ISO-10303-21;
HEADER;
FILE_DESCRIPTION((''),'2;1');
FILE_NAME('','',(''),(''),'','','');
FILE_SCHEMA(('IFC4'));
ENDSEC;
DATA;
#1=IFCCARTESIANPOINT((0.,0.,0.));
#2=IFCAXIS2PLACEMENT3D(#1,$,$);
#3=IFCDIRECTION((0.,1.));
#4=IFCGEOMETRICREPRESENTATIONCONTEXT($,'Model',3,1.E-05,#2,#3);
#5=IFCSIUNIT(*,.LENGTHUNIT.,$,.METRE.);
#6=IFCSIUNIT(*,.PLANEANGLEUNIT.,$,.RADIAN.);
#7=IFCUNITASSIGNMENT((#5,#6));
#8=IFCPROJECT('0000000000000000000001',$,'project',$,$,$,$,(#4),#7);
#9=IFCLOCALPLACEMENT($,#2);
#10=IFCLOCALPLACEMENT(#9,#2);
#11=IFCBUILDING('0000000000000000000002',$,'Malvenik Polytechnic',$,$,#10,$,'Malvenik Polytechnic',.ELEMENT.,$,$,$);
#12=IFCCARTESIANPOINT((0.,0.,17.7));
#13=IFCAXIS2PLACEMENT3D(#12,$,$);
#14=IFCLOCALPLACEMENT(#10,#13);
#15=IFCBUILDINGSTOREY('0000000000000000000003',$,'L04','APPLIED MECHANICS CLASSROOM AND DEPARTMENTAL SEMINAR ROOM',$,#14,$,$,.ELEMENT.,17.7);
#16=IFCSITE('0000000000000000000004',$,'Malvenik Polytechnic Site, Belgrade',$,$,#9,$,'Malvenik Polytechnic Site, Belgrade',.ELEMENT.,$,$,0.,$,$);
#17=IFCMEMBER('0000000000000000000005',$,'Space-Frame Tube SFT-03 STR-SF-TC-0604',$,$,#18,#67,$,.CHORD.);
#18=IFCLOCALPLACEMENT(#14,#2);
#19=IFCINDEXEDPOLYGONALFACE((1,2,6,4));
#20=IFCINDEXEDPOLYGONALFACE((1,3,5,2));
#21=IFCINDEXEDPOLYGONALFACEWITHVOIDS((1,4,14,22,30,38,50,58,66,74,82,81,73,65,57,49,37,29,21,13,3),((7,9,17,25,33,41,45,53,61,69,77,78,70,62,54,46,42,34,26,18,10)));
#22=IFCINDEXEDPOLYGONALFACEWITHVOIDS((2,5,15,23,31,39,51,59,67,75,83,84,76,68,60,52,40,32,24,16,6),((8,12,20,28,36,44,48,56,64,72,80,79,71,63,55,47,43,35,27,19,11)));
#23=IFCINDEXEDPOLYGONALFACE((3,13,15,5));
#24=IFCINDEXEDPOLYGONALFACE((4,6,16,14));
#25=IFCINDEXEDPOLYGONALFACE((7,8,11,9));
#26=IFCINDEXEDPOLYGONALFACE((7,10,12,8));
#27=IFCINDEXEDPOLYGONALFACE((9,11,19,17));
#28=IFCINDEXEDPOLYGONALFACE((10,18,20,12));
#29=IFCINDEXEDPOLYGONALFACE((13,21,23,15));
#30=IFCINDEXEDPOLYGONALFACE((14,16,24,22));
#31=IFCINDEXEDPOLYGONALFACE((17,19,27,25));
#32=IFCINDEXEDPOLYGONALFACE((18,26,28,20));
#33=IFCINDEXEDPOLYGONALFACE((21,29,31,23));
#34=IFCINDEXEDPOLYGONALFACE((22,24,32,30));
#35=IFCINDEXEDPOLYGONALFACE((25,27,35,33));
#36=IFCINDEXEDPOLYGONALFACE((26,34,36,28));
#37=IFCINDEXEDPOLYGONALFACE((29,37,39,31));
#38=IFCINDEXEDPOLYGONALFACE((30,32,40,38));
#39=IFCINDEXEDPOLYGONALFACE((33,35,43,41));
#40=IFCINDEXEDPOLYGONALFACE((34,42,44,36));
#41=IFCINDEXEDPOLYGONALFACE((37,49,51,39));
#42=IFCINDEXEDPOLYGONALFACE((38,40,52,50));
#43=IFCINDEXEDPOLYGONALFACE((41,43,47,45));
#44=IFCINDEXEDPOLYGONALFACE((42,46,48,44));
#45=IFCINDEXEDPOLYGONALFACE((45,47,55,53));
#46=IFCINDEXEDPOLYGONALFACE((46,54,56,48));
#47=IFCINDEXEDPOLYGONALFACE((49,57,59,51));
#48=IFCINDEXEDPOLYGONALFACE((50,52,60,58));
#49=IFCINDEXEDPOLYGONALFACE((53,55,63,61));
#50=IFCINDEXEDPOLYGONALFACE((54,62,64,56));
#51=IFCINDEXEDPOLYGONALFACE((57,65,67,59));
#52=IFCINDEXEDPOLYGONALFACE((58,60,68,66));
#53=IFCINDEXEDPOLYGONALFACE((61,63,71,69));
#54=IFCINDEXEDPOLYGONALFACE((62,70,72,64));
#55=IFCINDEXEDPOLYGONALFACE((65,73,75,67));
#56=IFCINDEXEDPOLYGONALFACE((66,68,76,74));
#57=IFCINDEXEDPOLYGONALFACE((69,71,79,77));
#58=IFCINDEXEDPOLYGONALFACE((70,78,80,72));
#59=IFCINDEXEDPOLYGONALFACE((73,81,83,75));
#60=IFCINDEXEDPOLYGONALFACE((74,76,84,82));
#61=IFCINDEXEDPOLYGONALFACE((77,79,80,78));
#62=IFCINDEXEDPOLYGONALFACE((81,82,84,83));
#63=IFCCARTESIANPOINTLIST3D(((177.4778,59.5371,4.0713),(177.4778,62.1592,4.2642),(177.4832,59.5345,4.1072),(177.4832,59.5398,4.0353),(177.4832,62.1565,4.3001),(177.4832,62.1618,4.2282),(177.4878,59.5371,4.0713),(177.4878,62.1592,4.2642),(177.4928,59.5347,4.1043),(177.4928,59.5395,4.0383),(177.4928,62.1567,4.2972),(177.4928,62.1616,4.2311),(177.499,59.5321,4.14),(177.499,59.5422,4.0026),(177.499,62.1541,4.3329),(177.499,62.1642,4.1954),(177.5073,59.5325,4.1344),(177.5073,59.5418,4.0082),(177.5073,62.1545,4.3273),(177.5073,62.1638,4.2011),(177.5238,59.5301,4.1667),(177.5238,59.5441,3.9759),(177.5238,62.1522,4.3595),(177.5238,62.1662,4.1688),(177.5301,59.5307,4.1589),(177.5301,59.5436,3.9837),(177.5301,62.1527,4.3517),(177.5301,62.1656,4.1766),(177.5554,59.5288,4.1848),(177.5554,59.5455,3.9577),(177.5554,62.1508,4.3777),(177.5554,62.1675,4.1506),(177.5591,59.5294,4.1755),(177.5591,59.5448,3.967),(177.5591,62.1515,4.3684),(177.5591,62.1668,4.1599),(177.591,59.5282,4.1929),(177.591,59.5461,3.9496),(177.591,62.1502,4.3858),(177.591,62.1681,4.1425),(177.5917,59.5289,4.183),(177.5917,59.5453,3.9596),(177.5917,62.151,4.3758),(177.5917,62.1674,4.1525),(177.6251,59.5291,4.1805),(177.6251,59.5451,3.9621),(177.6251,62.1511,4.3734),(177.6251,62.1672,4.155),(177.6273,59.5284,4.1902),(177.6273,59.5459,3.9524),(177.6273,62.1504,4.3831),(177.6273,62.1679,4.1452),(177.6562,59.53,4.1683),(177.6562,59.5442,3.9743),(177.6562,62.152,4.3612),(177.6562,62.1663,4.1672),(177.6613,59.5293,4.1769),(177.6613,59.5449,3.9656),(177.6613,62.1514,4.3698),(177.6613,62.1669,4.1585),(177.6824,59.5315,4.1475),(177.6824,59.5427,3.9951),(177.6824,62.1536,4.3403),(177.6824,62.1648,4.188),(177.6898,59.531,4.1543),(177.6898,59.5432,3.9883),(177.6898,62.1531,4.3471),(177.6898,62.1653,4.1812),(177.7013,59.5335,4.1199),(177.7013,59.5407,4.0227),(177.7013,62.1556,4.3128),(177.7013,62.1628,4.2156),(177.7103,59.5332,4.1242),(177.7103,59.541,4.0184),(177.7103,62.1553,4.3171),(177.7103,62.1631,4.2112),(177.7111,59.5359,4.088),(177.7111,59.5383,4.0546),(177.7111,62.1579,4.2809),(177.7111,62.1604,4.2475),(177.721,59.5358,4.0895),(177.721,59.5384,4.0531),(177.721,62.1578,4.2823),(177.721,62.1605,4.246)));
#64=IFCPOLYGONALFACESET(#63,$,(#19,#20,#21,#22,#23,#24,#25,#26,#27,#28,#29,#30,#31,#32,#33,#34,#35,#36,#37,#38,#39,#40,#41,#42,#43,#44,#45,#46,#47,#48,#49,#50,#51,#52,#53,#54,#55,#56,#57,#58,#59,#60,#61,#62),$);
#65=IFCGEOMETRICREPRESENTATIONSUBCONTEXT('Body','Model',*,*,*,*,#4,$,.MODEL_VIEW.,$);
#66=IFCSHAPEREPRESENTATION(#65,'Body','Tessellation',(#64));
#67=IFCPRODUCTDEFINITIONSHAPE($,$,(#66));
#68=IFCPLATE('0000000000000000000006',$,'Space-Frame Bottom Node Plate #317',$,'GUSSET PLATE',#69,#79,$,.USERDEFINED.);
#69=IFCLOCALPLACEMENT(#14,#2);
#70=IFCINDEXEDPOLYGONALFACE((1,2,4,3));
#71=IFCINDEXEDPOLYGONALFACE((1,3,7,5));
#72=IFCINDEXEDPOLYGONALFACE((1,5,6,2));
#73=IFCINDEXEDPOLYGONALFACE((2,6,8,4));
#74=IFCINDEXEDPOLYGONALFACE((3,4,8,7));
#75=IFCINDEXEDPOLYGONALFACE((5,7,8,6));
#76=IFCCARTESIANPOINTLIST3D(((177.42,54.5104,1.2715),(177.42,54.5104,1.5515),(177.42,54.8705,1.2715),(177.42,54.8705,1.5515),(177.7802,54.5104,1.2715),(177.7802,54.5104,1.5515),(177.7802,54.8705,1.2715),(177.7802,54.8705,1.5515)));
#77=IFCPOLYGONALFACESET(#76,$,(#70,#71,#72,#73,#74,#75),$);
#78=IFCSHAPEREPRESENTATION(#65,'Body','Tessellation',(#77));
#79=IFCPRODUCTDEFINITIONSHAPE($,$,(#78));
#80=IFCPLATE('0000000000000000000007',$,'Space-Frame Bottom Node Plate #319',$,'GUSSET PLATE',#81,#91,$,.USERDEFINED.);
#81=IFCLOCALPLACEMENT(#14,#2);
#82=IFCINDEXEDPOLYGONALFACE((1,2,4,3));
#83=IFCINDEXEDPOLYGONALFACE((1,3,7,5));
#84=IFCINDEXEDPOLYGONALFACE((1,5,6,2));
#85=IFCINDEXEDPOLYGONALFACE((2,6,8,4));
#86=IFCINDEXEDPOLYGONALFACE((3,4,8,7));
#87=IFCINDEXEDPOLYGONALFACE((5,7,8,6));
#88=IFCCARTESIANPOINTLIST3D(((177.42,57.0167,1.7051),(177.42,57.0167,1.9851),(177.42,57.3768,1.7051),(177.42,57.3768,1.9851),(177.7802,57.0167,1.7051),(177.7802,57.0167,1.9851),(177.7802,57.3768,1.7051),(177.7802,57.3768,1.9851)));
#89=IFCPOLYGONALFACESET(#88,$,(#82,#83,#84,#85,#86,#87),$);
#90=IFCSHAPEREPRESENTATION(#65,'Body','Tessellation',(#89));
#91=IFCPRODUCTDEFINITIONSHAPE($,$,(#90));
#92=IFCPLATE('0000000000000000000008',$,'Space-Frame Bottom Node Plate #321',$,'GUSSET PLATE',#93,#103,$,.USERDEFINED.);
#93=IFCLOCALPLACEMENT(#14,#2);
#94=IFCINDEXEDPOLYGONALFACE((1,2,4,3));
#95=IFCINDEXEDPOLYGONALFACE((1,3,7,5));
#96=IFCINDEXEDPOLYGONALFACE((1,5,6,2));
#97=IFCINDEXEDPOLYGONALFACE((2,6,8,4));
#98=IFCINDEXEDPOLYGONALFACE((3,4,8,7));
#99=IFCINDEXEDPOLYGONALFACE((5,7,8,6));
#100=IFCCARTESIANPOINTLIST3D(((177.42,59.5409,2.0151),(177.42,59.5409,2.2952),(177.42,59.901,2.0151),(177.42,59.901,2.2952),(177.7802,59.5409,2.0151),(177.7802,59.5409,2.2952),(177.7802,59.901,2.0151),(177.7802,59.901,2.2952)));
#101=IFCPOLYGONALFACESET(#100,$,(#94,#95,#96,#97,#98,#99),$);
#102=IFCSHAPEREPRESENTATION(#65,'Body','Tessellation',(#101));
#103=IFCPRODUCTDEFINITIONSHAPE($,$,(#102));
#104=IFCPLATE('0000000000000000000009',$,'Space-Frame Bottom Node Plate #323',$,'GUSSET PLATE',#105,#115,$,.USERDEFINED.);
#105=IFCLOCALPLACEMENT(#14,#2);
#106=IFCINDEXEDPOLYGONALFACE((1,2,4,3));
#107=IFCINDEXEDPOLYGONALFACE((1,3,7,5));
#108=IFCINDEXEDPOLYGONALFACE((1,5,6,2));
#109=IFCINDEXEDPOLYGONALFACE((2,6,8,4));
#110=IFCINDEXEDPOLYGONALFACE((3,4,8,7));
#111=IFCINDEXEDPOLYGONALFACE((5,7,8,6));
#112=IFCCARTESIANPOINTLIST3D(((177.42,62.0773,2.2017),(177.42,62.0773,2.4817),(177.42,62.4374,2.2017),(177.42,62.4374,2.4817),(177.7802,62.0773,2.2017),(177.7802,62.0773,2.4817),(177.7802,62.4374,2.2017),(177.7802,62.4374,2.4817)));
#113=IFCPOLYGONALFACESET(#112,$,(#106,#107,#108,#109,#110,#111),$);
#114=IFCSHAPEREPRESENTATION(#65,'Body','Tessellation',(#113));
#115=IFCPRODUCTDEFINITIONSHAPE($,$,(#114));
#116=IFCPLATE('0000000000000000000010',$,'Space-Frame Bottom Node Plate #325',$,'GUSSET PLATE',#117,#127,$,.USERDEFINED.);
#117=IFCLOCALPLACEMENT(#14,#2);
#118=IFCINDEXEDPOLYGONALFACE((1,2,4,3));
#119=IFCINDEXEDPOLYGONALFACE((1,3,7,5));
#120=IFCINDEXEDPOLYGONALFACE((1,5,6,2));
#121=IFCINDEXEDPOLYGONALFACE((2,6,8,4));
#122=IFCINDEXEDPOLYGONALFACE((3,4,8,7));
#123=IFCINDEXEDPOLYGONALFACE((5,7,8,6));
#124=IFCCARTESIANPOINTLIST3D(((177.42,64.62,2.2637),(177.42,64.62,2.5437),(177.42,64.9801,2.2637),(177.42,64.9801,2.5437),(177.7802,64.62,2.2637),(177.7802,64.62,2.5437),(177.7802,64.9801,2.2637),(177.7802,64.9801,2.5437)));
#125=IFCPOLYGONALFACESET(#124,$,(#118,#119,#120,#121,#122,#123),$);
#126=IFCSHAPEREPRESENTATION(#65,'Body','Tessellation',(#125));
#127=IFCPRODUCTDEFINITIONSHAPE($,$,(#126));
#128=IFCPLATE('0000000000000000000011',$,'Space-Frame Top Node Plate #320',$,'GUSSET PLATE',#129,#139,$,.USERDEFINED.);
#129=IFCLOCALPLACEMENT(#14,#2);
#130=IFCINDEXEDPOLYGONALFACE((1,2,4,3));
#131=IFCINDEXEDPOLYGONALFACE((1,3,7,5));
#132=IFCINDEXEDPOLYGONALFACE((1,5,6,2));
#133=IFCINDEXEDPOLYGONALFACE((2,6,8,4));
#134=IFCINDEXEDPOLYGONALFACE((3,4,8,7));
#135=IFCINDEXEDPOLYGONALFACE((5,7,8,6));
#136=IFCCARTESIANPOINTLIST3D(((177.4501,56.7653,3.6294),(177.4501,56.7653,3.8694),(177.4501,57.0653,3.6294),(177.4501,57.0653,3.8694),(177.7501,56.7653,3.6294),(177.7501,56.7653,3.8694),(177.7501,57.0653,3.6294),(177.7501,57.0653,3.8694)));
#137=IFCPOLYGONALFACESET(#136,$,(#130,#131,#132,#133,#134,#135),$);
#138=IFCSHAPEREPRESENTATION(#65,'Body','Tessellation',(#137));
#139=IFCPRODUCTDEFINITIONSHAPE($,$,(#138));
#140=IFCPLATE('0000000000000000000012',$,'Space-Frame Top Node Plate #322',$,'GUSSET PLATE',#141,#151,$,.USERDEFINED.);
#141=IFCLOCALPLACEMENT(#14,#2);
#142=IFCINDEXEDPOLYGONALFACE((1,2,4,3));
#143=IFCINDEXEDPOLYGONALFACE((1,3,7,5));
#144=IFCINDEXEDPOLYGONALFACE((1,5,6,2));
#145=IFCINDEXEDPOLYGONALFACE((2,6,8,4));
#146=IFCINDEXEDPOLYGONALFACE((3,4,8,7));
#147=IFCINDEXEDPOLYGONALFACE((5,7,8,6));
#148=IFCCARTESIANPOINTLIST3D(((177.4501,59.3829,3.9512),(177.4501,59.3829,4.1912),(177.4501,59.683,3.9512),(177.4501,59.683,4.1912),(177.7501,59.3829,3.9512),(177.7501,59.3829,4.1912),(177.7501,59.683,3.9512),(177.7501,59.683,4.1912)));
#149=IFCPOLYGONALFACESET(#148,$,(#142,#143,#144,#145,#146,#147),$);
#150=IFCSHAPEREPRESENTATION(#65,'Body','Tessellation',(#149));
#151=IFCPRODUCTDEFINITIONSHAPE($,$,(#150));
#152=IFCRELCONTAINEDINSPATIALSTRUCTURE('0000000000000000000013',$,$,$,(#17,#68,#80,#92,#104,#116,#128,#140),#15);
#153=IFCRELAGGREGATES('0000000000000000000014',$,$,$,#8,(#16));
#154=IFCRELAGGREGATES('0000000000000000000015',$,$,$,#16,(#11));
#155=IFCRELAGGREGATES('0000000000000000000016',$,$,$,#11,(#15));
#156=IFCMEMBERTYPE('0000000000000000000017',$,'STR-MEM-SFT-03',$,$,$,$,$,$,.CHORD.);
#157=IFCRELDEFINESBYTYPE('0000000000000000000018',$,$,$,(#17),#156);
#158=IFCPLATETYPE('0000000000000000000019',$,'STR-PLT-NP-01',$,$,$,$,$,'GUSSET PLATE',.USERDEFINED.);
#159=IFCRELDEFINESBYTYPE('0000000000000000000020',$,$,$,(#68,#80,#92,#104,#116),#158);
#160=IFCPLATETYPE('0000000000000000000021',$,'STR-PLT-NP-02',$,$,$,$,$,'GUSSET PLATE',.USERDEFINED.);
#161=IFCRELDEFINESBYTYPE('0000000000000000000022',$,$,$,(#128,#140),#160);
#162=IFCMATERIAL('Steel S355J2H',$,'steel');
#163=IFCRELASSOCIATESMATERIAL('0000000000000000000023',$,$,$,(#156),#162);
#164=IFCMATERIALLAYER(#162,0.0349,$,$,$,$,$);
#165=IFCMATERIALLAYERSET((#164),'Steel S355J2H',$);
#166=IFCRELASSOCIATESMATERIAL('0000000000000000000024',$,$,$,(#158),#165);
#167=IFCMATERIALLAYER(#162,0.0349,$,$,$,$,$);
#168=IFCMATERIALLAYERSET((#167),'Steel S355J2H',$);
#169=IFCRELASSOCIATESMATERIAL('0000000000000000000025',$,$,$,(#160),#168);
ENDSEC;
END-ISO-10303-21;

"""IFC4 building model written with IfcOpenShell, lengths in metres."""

from ifc_helpers import new_model, si_unit, direction, frame, origin, origin_2d, place, context, subcontext, project, spatial, rectangle, hollow_circle, extrude, material, layer, layer_set, material_profile, profile_set, type_object, element, save


model = new_model("IFC4")

# Units and contexts
model_context = context("Model", 3, precision=1e-05, world=origin(), true_north=direction((0.0, 1.0)))
body_context = subcontext(model_context, "Body", "Model", "MODEL_VIEW")
ifc_project = project(units=[si_unit("LENGTHUNIT", "METRE"), si_unit("PLANEANGLEUNIT", "RADIAN")], contexts=[model_context])

# Site, building, storey
site_placement = place(None, origin())
site = spatial("IfcSite", under=ifc_project, at=site_placement, Name="Malvenik Polytechnic Site, Belgrade", LongName="Malvenik Polytechnic Site, Belgrade", CompositionType="ELEMENT", RefElevation=0.0)
building_placement = place(site_placement, origin())
building = spatial("IfcBuilding", under=site, at=building_placement, Name="Malvenik Polytechnic", LongName="Malvenik Polytechnic", CompositionType="ELEMENT")
storey_placement = place(building_placement, frame((0.0, 0.0, 17.7)))
storey = spatial("IfcBuildingStorey", under=building, at=storey_placement, Name="L04", Description="APPLIED MECHANICS CLASSROOM AND DEPARTMENTAL SEMINAR ROOM", CompositionType="ELEMENT", Elevation=17.7)

# Member
ifc_material_1 = material(Name="Steel S355J2H", Category="steel")
ifc_material_profile_1 = material_profile(ifc_material_1, hollow_circle(Radius=0.1223, WallThickness=0.01, at=origin_2d()), Name="CHS 244.5x10.0")
ifc_profile_set_1 = profile_set([ifc_material_profile_1], Name="Steel S355J2H")
member_type_1 = type_object("IfcMemberType", Name="STR-MEM-SFT-03", PredefinedType="CHORD", material=ifc_profile_set_1)
member_1_placement = place(storey_placement, frame((177.6001, 59.5371, 4.0713), z_axis=(0.0, 0.997306, 0.073359), x_axis=(-1.0, 0.0, 0.0)))
element("IfcMember", 1, at=member_1_placement, inside=storey, type_object=member_type_1, Name="Space-Frame Tube SFT-03 STR-SF-TC-0604", PredefinedType="CHORD", context=body_context, shape_type="SweptSolid", body=[
    extrude(hollow_circle(Radius=0.1223, WallThickness=0.01, at=origin_2d()), origin(), (0.0, 0.0, 1.0), 2.6292),
])

# Plates
ifc_layer_1 = layer(ifc_material_1, 0.0349)
ifc_layer_set_1 = layer_set([ifc_layer_1], Name="Steel S355J2H")
plate_type_1 = type_object("IfcPlateType", Name="STR-PLT-NP-01", ElementType="GUSSET PLATE", PredefinedType="USERDEFINED", material=ifc_layer_set_1)
for number, where, z_axis, x_axis, name in (
    (2, (177.6001, 54.6904, 1.2715), (0.0, 0.0, 1.0), (1.0, 0.0, 0.0), "Space-Frame Bottom Node Plate #317"),
    (3, (177.6001, 57.1968, 1.7051), (0.0, 0.0, 1.0), (1.0, 0.0, 0.0), "Space-Frame Bottom Node Plate #319"),
    (4, (177.6001, 59.7209, 2.0151), (0.0, 0.0, 1.0), (1.0, 0.0, 0.0), "Space-Frame Bottom Node Plate #321"),
    (5, (177.6001, 62.2573, 2.2017), (0.0, 0.0, 1.0), (1.0, 0.0, 0.0), "Space-Frame Bottom Node Plate #323"),
    (6, (177.6001, 64.8, 2.2637), (0.0, 0.0, 1.0), (1.0, 0.0, 0.0), "Space-Frame Bottom Node Plate #325"),
):
    element("IfcPlate", number, at=place(storey_placement, frame(where, z_axis=z_axis, x_axis=x_axis)), inside=storey, type_object=plate_type_1, Name=name, ObjectType="GUSSET PLATE", PredefinedType="USERDEFINED", context=body_context, shape_type="SweptSolid", body=[
        extrude(rectangle(XDim=0.3601, YDim=0.3601, at=origin_2d()), origin(), (0.0, 0.0, 1.0), 0.28),
    ])
ifc_layer_2 = layer(ifc_material_1, 0.0349)
ifc_layer_set_2 = layer_set([ifc_layer_2], Name="Steel S355J2H")
plate_type_2 = type_object("IfcPlateType", Name="STR-PLT-NP-02", ElementType="GUSSET PLATE", PredefinedType="USERDEFINED", material=ifc_layer_set_2)
for number, where, z_axis, x_axis, name in (
    (7, (177.6001, 56.9153, 3.6294), (0.0, 0.0, 1.0), (1.0, 0.0, 0.0), "Space-Frame Top Node Plate #320"),
    (8, (177.6001, 59.533, 3.9512), (0.0, 0.0, 1.0), (1.0, 0.0, 0.0), "Space-Frame Top Node Plate #322"),
):
    element("IfcPlate", number, at=place(storey_placement, frame(where, z_axis=z_axis, x_axis=x_axis)), inside=storey, type_object=plate_type_2, Name=name, ObjectType="GUSSET PLATE", PredefinedType="USERDEFINED", context=body_context, shape_type="SweptSolid", body=[
        extrude(rectangle(XDim=0.3, YDim=0.3, at=origin_2d()), origin(), (0.0, 0.0, 1.0), 0.24),
    ])

save(model, "model.ifc")
